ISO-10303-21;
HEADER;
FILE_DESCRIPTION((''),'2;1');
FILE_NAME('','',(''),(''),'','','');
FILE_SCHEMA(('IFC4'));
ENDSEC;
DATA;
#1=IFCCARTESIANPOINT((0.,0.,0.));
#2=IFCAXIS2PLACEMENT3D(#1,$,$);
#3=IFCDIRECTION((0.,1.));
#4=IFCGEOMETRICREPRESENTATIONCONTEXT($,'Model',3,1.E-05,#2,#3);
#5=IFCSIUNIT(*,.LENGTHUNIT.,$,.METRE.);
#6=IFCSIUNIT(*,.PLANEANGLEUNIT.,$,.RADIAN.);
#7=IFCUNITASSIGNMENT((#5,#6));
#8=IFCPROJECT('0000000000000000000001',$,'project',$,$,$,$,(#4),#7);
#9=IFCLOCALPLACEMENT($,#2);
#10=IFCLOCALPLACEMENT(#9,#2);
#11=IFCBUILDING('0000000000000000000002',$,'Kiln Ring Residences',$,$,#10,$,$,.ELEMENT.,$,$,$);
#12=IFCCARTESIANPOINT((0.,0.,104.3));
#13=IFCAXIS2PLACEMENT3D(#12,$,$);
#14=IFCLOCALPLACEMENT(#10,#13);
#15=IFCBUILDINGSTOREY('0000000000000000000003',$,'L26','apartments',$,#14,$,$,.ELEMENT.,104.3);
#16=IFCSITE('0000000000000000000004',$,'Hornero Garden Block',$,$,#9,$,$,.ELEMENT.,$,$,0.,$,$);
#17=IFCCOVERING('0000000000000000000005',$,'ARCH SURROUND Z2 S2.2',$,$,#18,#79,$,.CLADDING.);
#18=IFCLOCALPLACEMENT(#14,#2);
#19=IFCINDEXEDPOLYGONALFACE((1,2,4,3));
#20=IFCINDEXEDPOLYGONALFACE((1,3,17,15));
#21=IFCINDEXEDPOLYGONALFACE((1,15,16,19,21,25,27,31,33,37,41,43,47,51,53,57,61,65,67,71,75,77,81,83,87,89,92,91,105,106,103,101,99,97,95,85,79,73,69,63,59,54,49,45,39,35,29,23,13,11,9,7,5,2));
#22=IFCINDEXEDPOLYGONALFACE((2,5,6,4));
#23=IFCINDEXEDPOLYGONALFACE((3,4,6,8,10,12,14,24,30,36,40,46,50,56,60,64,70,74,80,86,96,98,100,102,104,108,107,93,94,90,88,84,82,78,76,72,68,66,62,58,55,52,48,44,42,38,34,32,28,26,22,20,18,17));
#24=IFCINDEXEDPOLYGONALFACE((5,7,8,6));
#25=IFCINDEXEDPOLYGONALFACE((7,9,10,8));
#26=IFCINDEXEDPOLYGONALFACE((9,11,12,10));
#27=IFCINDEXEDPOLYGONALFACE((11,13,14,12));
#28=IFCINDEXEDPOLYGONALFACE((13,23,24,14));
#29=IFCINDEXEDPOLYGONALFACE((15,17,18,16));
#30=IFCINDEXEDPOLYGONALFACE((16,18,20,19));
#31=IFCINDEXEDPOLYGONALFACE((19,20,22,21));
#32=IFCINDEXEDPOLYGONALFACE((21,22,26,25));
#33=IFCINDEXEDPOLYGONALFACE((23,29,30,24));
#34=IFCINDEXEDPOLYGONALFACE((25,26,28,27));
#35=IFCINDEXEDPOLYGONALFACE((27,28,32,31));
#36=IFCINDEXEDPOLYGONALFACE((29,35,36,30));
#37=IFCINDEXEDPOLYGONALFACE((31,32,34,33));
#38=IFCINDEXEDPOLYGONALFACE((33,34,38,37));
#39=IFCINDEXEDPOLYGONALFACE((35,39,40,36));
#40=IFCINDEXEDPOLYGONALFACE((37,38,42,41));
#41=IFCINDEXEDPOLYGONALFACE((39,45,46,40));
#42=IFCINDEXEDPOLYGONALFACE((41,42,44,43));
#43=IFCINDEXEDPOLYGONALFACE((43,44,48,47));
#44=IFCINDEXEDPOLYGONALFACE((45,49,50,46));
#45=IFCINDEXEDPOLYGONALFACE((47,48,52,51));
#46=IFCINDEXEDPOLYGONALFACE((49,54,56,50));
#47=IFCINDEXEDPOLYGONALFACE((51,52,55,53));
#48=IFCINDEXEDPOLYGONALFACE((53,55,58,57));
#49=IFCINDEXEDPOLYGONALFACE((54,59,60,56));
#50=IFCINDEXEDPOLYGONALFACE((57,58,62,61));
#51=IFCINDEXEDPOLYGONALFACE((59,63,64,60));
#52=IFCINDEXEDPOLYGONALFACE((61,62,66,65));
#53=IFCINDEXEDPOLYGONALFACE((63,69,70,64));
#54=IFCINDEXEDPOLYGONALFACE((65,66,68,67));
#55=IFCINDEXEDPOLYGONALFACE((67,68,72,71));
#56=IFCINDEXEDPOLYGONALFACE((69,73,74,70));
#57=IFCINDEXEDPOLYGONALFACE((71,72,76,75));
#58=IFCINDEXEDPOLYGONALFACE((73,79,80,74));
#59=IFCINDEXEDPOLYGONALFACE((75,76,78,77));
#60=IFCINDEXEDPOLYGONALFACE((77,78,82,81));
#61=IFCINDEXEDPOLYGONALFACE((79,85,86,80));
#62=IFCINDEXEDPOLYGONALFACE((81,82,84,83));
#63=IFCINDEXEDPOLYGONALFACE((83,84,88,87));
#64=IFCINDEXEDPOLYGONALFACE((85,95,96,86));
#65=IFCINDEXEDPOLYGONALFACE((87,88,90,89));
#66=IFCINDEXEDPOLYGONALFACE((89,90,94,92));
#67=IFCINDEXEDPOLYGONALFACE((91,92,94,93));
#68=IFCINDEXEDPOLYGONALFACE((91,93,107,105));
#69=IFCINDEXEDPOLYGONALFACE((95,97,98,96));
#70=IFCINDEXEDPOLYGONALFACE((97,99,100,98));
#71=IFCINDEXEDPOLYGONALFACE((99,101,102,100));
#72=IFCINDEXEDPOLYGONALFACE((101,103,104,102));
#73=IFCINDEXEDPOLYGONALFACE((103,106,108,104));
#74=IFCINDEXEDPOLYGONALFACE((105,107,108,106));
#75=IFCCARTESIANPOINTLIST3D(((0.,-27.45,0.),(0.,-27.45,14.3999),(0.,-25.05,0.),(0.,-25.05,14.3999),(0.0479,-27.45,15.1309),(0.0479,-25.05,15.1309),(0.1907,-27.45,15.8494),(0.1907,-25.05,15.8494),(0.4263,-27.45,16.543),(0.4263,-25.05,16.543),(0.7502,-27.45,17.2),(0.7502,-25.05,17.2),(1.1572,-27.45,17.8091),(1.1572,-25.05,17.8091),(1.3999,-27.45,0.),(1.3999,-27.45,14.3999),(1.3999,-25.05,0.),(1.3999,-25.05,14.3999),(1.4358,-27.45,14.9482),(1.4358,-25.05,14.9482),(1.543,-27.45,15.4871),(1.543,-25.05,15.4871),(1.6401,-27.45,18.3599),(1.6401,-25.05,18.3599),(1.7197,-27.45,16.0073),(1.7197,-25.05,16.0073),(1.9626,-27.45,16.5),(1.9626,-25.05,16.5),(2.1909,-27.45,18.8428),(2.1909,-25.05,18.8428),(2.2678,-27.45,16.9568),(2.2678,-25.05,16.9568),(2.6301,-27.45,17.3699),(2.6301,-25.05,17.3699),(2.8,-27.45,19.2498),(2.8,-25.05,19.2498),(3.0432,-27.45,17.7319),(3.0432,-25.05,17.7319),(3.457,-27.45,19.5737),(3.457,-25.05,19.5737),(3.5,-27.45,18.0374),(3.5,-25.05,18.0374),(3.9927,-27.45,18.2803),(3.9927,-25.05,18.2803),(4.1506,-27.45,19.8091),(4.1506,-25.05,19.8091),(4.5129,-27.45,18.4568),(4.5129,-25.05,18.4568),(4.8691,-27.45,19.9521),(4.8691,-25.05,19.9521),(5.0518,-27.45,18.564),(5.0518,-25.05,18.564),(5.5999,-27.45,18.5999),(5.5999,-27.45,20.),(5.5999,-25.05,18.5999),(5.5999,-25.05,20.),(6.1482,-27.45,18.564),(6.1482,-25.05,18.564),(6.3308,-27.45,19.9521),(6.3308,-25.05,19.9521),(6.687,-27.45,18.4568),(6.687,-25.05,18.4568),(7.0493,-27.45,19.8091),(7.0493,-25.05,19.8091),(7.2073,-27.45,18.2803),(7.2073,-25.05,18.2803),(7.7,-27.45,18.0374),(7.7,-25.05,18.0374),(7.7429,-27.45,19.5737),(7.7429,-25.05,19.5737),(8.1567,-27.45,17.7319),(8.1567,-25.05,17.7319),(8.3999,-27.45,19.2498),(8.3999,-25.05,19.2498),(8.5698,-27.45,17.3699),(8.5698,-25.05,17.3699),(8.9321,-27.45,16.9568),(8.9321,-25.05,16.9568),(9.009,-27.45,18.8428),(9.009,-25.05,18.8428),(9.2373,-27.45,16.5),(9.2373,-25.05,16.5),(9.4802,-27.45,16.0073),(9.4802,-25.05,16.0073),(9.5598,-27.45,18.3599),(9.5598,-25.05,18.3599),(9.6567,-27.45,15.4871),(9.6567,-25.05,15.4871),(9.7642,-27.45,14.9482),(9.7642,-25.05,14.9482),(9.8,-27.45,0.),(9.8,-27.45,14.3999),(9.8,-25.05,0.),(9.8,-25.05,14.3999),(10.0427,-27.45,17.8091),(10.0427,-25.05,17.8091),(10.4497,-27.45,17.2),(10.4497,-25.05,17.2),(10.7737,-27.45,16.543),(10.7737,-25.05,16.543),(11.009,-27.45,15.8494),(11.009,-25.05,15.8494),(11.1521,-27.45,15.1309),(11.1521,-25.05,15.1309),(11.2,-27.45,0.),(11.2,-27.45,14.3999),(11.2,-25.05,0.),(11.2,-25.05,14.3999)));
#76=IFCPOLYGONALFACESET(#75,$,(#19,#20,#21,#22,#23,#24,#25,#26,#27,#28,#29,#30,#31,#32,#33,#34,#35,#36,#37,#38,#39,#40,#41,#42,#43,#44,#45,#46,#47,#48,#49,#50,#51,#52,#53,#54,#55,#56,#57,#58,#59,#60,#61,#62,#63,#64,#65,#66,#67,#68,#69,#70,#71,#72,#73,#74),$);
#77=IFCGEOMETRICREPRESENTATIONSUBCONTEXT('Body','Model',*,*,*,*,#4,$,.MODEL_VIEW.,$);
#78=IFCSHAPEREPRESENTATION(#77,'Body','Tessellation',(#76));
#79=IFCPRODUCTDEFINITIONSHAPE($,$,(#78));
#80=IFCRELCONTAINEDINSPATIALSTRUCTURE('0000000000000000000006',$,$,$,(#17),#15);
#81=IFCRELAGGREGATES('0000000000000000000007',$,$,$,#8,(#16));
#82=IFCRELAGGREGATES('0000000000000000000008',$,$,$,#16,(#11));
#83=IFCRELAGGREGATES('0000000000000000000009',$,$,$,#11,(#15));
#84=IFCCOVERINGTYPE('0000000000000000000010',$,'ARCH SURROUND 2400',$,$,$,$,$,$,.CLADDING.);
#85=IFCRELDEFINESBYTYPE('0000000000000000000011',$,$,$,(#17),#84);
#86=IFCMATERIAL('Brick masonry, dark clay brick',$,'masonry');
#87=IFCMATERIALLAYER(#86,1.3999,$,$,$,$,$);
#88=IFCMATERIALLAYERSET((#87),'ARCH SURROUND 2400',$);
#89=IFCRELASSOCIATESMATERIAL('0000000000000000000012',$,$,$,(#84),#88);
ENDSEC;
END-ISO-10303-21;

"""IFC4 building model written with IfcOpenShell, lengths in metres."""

from ifc_helpers import new_model, si_unit, direction, frame, origin, place, context, subcontext, project, spatial, polyline, outline, extrude, material, layer, layer_set, type_object, element, save


model = new_model("IFC4")

# Units and contexts
model_context = context("Model", 3, precision=1e-05, world=origin(), true_north=direction((0.0, 1.0)))
body_context = subcontext(model_context, "Body", "Model", "MODEL_VIEW")
ifc_project = project(units=[si_unit("LENGTHUNIT", "METRE"), si_unit("PLANEANGLEUNIT", "RADIAN")], contexts=[model_context])

# Site, building, storey
site_placement = place(None, origin())
site = spatial("IfcSite", under=ifc_project, at=site_placement, Name="Hornero Garden Block", CompositionType="ELEMENT", RefElevation=0.0)
building_placement = place(site_placement, origin())
building = spatial("IfcBuilding", under=site, at=building_placement, Name="Kiln Ring Residences", CompositionType="ELEMENT")
storey_placement = place(building_placement, frame((0.0, 0.0, 104.3)))
storey = spatial("IfcBuildingStorey", under=building, at=storey_placement, Name="L26", Description="apartments", CompositionType="ELEMENT", Elevation=104.3)

# Covering
ifc_material_1 = material(Name="Brick masonry, dark clay brick", Category="masonry")
ifc_layer_1 = layer(ifc_material_1, 1.3999)
ifc_layer_set_1 = layer_set([ifc_layer_1], Name="ARCH SURROUND 2400")
covering_type = type_object("IfcCoveringType", Name="ARCH SURROUND 2400", PredefinedType="CLADDING", material=ifc_layer_set_1)
covering_1_placement = place(storey_placement, frame((11.2, -26.25, 0.0), z_axis=(0.0, 0.0, 1.0), x_axis=(-1.0, 0.0, 0.0)))
element("IfcCovering", 1, at=covering_1_placement, inside=storey, type_object=covering_type, Name="ARCH SURROUND Z2 S2.2", PredefinedType="CLADDING", context=body_context, shape_type="SweptSolid", body=[
    extrude(outline(polyline([(11.2, 0.0), (11.2, 14.3999), (11.1521, 15.1309), (11.0093, 15.8494), (10.7737, 16.543), (10.4497, 17.2), (10.0427, 17.8091), (9.5598, 18.3599), (9.009, 18.8428), (8.3999, 19.2498), (7.7429, 19.5737), (7.0493, 19.8091), (6.3308, 19.9521), (5.6001, 20.0), (4.8691, 19.9521), (4.1506, 19.8091), (3.457, 19.5737), (2.8, 19.2498), (2.1909, 18.8428), (1.6401, 18.3599), (1.1572, 17.8091), (0.7502, 17.2), (0.4263, 16.543), (0.1909, 15.8494), (0.0479, 15.1309), (0.0, 14.3999), (0.0, 0.0), (1.3999, 0.0), (1.3999, 14.3999), (1.4358, 14.9482), (1.5432, 15.4871), (1.7197, 16.0073), (1.9626, 16.5), (2.2678, 16.9568), (2.6301, 17.3699), (3.0432, 17.7319), (3.5, 18.0374), (3.9927, 18.2803), (4.5129, 18.4568), (5.0518, 18.564), (5.6001, 18.5999), (6.1482, 18.564), (6.687, 18.4568), (7.2073, 18.2803), (7.7, 18.0374), (8.1567, 17.7319), (8.5698, 17.3699), (8.9321, 16.9568), (9.2373, 16.5), (9.4802, 16.0073), (9.657, 15.4871), (9.7642, 14.9482), (9.8, 14.3999), (9.8, 0.0), (11.2, 0.0)])), frame((0.0, 1.2, 0.0), z_axis=(0.0, -1.0, 0.0), x_axis=(1.0, 0.0, 0.0)), (0.0, 0.0, 1.0), 2.3999),
])

save(model, "model.ifc")
